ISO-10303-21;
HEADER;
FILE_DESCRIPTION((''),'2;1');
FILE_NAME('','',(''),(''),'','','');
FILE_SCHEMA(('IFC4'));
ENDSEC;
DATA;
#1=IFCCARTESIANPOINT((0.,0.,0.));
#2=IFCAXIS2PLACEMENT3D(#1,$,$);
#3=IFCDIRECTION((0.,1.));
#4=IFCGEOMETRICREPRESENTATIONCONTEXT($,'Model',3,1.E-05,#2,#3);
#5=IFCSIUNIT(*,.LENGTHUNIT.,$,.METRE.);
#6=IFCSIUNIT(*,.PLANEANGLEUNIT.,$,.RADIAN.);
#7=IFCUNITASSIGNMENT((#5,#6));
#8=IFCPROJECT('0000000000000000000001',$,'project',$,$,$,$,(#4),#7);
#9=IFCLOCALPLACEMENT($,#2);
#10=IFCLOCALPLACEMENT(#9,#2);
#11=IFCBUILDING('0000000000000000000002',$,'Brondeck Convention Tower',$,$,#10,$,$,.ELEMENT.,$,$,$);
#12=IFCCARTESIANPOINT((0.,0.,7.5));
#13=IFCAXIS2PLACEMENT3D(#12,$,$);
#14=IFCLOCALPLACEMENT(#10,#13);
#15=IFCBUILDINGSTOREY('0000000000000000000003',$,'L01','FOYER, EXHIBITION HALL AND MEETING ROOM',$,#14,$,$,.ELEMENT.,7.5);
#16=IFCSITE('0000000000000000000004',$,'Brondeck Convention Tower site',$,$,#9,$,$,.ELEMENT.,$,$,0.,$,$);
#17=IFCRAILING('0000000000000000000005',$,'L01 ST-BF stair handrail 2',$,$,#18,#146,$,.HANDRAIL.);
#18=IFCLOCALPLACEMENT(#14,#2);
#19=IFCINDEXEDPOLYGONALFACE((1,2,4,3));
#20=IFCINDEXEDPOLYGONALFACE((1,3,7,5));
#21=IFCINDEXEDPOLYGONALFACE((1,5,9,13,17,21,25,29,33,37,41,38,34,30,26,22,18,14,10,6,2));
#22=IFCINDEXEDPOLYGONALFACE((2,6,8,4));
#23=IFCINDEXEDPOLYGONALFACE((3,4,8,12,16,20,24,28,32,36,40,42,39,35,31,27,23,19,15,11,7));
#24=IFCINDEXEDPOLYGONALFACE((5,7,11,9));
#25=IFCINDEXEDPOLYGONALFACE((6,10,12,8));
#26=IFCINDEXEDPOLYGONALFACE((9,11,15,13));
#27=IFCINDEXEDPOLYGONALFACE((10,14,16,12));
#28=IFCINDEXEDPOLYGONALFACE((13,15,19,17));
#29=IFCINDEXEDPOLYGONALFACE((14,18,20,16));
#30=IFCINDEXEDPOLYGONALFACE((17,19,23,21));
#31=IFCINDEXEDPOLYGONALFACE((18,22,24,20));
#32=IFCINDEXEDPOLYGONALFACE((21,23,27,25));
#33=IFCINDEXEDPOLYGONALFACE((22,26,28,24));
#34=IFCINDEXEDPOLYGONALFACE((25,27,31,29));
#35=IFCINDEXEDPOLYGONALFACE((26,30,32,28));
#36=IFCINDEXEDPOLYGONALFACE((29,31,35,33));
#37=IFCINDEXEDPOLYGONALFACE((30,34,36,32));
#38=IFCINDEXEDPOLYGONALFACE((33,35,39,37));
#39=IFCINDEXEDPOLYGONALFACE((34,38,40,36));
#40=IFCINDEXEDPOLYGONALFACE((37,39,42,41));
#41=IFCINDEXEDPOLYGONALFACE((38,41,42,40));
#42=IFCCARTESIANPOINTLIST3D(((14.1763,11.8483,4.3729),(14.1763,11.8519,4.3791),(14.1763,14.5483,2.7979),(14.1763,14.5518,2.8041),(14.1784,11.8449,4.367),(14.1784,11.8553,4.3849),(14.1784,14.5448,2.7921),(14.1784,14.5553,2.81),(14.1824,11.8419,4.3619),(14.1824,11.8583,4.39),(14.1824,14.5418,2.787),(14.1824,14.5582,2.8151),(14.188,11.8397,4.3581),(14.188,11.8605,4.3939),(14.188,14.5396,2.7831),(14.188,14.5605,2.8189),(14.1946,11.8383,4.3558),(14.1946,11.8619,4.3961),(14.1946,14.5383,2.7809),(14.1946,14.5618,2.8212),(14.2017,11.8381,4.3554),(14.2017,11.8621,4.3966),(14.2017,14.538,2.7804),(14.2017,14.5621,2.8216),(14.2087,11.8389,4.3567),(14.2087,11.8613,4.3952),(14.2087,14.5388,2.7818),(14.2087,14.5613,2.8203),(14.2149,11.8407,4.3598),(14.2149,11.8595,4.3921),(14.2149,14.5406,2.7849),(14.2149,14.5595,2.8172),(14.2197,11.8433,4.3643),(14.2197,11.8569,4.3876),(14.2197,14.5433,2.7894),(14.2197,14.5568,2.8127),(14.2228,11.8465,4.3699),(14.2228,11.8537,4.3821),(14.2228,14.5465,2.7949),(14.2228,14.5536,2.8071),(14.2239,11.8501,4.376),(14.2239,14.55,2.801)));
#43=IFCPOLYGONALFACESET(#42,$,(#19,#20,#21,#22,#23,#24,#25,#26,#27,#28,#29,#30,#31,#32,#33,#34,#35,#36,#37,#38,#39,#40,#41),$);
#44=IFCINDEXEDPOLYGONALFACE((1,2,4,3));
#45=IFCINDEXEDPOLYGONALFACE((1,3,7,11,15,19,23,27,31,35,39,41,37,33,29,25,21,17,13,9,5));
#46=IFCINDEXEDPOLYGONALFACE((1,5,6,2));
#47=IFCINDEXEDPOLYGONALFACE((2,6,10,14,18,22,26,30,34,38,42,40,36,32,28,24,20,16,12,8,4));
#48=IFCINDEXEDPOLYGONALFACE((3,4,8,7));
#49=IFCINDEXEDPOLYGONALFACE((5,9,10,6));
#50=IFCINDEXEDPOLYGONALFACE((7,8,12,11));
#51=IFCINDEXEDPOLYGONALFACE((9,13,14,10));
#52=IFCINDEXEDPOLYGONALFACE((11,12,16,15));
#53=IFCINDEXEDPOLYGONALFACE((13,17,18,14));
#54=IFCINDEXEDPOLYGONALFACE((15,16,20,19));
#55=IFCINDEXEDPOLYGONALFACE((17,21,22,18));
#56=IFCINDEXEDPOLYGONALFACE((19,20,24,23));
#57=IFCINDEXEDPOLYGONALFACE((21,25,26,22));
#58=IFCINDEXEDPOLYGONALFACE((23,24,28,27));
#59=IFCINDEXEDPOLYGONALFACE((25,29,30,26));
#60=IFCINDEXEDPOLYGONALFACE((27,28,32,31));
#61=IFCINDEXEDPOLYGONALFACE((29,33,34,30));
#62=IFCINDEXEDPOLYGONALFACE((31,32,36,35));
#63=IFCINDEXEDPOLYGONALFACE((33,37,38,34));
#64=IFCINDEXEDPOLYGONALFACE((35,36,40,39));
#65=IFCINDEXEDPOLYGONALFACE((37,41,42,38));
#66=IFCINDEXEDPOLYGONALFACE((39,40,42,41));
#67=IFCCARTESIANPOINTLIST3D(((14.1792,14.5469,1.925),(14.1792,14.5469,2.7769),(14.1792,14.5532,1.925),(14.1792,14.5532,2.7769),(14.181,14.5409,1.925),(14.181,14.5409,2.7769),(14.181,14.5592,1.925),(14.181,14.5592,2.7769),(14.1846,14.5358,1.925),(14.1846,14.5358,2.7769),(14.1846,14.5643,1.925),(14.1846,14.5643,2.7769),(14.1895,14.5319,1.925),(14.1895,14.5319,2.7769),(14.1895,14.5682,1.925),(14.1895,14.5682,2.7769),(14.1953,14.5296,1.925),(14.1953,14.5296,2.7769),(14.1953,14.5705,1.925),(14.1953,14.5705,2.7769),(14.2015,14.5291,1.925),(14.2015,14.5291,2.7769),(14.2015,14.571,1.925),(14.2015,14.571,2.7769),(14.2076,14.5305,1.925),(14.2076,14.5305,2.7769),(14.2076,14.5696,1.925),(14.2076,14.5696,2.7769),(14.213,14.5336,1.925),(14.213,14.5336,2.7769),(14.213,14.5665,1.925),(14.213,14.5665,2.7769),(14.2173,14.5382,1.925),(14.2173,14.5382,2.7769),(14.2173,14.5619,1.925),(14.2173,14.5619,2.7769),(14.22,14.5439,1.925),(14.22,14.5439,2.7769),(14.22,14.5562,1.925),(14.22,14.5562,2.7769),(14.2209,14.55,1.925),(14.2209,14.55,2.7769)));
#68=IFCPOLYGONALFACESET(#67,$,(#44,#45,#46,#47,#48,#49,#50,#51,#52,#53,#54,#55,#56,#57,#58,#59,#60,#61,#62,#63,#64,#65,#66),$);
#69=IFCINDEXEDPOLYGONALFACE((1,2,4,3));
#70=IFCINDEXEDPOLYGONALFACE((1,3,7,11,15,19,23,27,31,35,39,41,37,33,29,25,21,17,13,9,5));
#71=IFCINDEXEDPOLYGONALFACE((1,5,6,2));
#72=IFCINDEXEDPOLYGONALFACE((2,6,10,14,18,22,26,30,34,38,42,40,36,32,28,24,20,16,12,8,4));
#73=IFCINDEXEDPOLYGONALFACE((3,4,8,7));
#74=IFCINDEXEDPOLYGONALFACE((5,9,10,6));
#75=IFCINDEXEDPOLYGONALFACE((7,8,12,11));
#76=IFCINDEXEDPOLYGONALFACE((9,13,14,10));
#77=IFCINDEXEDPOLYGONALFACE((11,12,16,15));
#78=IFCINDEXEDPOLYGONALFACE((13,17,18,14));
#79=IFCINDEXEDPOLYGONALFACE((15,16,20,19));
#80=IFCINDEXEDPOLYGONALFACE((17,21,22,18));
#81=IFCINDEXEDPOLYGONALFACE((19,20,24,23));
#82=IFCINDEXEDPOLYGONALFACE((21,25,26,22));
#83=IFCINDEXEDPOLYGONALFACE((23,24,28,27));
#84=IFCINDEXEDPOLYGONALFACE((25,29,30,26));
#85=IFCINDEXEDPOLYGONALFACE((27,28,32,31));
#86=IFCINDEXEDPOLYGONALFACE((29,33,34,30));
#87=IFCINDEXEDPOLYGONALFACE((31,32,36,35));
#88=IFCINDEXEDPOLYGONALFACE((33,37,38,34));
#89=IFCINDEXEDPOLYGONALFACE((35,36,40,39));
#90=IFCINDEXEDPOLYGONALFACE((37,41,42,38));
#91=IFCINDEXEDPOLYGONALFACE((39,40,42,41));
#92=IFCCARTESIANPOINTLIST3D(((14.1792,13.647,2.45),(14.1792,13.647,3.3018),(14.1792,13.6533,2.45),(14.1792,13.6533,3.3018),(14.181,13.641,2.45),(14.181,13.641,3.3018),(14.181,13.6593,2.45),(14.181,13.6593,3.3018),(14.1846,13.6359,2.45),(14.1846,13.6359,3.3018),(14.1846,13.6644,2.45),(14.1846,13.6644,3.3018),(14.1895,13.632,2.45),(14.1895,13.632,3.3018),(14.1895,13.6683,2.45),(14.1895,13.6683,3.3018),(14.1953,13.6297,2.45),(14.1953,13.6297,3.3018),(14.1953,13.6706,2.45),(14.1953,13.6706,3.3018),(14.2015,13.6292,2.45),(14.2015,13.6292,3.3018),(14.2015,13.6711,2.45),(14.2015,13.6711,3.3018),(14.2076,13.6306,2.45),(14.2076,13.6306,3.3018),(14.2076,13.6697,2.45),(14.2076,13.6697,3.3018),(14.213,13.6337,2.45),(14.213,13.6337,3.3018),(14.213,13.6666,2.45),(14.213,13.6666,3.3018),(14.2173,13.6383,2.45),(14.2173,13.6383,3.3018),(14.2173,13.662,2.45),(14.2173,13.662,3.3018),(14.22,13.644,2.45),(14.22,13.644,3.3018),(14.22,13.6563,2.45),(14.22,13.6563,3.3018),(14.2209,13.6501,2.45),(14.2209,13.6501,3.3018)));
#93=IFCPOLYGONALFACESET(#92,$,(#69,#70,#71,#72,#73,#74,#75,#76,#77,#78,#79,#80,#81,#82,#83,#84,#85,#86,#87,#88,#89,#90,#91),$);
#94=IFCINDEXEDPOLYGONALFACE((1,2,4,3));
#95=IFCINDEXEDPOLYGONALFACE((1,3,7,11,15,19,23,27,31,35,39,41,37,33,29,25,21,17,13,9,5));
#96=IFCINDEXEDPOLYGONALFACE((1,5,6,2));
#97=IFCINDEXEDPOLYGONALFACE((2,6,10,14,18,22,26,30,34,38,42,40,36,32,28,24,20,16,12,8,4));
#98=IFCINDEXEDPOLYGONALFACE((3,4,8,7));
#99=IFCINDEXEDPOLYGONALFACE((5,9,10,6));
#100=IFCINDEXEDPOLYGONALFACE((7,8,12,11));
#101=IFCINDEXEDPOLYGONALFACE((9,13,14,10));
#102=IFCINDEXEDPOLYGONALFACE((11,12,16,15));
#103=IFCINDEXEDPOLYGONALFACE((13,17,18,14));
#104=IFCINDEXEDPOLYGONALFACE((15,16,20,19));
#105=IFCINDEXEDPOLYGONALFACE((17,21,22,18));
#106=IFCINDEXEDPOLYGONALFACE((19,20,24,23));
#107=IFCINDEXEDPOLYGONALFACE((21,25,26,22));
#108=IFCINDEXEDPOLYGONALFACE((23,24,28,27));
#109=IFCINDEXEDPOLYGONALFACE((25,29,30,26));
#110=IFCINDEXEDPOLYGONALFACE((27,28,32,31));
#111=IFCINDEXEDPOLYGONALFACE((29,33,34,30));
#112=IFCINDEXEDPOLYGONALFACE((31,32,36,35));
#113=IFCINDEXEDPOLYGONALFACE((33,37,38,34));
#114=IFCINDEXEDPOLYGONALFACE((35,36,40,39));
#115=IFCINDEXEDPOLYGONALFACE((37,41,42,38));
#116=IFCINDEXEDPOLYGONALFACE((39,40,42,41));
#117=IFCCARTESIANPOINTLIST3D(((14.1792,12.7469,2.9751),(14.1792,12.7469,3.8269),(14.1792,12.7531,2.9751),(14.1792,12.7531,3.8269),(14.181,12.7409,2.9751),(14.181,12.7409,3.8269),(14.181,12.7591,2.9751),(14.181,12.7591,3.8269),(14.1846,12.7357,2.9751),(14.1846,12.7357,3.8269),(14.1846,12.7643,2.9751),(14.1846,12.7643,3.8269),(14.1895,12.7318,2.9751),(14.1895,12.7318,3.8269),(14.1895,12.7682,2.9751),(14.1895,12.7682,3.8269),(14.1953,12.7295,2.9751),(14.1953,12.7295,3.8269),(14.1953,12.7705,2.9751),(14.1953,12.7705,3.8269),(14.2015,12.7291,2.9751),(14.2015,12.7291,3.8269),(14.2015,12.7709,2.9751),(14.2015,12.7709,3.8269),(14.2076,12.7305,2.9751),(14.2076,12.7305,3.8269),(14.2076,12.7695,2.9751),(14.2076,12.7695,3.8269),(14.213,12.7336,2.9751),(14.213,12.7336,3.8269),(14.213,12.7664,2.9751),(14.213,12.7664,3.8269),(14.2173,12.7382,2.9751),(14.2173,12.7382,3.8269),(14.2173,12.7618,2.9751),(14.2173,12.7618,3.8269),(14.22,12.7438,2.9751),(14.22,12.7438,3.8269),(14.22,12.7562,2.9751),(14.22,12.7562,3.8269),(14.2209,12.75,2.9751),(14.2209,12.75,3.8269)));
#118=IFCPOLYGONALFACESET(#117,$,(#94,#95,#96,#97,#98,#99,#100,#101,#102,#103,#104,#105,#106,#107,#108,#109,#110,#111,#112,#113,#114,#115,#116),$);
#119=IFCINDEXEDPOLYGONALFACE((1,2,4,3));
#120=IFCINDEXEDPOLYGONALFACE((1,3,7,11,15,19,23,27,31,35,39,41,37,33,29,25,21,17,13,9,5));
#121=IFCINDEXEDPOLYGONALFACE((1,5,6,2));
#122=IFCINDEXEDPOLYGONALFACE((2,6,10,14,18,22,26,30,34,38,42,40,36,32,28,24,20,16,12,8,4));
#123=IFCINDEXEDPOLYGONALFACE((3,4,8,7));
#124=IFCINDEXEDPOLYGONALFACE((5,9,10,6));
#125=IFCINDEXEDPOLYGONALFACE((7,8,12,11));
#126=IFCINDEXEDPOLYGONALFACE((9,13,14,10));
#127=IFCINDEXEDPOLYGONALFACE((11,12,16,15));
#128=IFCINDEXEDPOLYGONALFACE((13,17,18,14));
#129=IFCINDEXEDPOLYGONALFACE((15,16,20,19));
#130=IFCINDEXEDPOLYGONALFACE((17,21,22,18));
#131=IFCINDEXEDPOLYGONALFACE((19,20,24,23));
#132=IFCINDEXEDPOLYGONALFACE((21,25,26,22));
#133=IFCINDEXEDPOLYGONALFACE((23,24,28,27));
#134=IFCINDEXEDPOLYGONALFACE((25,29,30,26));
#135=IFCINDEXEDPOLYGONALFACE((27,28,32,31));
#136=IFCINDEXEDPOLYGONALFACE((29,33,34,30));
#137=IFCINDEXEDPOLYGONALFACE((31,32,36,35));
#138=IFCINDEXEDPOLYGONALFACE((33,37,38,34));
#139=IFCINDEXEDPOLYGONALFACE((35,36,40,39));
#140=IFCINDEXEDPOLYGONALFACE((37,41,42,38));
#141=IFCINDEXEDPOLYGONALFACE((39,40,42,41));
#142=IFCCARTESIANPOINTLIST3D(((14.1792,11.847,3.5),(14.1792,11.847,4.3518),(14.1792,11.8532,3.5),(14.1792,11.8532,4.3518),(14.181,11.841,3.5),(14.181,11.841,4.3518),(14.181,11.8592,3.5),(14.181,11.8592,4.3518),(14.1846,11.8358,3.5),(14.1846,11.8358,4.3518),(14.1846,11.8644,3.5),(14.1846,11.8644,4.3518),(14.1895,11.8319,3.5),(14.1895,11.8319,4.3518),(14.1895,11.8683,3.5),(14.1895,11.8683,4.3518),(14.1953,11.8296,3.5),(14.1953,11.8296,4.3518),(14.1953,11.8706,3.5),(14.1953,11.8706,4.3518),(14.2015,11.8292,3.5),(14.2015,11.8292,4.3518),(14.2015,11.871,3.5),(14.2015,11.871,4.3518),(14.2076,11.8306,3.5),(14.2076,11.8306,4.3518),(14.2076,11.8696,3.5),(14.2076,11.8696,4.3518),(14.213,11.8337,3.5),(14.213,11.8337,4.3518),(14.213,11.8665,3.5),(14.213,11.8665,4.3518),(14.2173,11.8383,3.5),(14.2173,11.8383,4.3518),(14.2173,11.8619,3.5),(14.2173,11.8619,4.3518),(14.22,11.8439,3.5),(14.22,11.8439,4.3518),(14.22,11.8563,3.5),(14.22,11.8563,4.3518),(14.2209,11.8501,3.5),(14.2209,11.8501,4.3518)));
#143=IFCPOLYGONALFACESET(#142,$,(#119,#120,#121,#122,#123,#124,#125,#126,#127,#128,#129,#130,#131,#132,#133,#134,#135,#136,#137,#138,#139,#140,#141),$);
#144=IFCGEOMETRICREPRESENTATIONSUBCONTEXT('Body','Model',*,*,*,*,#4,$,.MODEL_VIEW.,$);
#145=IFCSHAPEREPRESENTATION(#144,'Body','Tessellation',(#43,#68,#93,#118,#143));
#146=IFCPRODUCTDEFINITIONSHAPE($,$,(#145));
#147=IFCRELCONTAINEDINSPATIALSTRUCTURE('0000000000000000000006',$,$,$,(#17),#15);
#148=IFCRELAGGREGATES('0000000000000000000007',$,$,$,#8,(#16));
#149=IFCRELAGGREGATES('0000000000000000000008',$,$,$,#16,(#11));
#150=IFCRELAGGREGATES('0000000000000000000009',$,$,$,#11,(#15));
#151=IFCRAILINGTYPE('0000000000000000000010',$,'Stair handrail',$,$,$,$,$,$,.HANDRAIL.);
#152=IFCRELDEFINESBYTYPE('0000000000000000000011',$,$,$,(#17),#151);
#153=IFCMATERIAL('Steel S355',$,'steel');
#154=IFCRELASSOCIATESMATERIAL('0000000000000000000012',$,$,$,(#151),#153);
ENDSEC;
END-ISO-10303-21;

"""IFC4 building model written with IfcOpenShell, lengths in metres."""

from ifc_helpers import new_model, si_unit, direction, frame, origin, origin_2d, place, context, subcontext, project, spatial, circle, extrude, material, type_object, element, save


model = new_model("IFC4")

# Units and contexts
model_context = context("Model", 3, precision=1e-05, world=origin(), true_north=direction((0.0, 1.0)))
body_context = subcontext(model_context, "Body", "Model", "MODEL_VIEW")
ifc_project = project(units=[si_unit("LENGTHUNIT", "METRE"), si_unit("PLANEANGLEUNIT", "RADIAN")], contexts=[model_context])

# Site, building, storey
site_placement = place(None, origin())
site = spatial("IfcSite", under=ifc_project, at=site_placement, Name="Brondeck Convention Tower site", CompositionType="ELEMENT", RefElevation=0.0)
building_placement = place(site_placement, origin())
building = spatial("IfcBuilding", under=site, at=building_placement, Name="Brondeck Convention Tower", CompositionType="ELEMENT")
storey_placement = place(building_placement, frame((0.0, 0.0, 7.5)))
storey = spatial("IfcBuildingStorey", under=building, at=storey_placement, Name="L01", Description="FOYER, EXHIBITION HALL AND MEETING ROOM", CompositionType="ELEMENT", Elevation=7.5)

# Shared definitions
ifc_material_1 = material(Name="Steel S355", Category="steel")

# Railing
railing_type_1 = type_object("IfcRailingType", Name="Stair handrail", PredefinedType="HANDRAIL", material=ifc_material_1)
railing_1_placement = place(storey_placement, frame((14.2, 14.55, 1.925)))
element("IfcRailing", 1, at=railing_1_placement, inside=storey, type_object=railing_type_1, Name="L01 ST-BF stair handrail 2", PredefinedType="HANDRAIL", context=body_context, shape_type="SweptSolid", body=[
    extrude(circle(Radius=0.0239, at=origin_2d()), frame((0.0, 0.0, 0.876), z_axis=(0.0, -0.863782, 0.503866), x_axis=(1.0, 0.0, 0.0)), (0.0, 0.0, 1.0), 3.1257),
    extrude(circle(Radius=0.021, at=origin_2d()), origin(), (0.0, 0.0, 1.0), 0.8518),
    extrude(circle(Radius=0.021, at=origin_2d()), frame((0.0, -0.8999, 0.5249)), (0.0, 0.0, 1.0), 0.8518),
    extrude(circle(Radius=0.021, at=origin_2d()), frame((0.0, -1.8, 1.05)), (0.0, 0.0, 1.0), 0.8518),
    extrude(circle(Radius=0.021, at=origin_2d()), frame((0.0, -2.7, 1.575)), (0.0, 0.0, 1.0), 0.8518),
])

save(model, "model.ifc")
